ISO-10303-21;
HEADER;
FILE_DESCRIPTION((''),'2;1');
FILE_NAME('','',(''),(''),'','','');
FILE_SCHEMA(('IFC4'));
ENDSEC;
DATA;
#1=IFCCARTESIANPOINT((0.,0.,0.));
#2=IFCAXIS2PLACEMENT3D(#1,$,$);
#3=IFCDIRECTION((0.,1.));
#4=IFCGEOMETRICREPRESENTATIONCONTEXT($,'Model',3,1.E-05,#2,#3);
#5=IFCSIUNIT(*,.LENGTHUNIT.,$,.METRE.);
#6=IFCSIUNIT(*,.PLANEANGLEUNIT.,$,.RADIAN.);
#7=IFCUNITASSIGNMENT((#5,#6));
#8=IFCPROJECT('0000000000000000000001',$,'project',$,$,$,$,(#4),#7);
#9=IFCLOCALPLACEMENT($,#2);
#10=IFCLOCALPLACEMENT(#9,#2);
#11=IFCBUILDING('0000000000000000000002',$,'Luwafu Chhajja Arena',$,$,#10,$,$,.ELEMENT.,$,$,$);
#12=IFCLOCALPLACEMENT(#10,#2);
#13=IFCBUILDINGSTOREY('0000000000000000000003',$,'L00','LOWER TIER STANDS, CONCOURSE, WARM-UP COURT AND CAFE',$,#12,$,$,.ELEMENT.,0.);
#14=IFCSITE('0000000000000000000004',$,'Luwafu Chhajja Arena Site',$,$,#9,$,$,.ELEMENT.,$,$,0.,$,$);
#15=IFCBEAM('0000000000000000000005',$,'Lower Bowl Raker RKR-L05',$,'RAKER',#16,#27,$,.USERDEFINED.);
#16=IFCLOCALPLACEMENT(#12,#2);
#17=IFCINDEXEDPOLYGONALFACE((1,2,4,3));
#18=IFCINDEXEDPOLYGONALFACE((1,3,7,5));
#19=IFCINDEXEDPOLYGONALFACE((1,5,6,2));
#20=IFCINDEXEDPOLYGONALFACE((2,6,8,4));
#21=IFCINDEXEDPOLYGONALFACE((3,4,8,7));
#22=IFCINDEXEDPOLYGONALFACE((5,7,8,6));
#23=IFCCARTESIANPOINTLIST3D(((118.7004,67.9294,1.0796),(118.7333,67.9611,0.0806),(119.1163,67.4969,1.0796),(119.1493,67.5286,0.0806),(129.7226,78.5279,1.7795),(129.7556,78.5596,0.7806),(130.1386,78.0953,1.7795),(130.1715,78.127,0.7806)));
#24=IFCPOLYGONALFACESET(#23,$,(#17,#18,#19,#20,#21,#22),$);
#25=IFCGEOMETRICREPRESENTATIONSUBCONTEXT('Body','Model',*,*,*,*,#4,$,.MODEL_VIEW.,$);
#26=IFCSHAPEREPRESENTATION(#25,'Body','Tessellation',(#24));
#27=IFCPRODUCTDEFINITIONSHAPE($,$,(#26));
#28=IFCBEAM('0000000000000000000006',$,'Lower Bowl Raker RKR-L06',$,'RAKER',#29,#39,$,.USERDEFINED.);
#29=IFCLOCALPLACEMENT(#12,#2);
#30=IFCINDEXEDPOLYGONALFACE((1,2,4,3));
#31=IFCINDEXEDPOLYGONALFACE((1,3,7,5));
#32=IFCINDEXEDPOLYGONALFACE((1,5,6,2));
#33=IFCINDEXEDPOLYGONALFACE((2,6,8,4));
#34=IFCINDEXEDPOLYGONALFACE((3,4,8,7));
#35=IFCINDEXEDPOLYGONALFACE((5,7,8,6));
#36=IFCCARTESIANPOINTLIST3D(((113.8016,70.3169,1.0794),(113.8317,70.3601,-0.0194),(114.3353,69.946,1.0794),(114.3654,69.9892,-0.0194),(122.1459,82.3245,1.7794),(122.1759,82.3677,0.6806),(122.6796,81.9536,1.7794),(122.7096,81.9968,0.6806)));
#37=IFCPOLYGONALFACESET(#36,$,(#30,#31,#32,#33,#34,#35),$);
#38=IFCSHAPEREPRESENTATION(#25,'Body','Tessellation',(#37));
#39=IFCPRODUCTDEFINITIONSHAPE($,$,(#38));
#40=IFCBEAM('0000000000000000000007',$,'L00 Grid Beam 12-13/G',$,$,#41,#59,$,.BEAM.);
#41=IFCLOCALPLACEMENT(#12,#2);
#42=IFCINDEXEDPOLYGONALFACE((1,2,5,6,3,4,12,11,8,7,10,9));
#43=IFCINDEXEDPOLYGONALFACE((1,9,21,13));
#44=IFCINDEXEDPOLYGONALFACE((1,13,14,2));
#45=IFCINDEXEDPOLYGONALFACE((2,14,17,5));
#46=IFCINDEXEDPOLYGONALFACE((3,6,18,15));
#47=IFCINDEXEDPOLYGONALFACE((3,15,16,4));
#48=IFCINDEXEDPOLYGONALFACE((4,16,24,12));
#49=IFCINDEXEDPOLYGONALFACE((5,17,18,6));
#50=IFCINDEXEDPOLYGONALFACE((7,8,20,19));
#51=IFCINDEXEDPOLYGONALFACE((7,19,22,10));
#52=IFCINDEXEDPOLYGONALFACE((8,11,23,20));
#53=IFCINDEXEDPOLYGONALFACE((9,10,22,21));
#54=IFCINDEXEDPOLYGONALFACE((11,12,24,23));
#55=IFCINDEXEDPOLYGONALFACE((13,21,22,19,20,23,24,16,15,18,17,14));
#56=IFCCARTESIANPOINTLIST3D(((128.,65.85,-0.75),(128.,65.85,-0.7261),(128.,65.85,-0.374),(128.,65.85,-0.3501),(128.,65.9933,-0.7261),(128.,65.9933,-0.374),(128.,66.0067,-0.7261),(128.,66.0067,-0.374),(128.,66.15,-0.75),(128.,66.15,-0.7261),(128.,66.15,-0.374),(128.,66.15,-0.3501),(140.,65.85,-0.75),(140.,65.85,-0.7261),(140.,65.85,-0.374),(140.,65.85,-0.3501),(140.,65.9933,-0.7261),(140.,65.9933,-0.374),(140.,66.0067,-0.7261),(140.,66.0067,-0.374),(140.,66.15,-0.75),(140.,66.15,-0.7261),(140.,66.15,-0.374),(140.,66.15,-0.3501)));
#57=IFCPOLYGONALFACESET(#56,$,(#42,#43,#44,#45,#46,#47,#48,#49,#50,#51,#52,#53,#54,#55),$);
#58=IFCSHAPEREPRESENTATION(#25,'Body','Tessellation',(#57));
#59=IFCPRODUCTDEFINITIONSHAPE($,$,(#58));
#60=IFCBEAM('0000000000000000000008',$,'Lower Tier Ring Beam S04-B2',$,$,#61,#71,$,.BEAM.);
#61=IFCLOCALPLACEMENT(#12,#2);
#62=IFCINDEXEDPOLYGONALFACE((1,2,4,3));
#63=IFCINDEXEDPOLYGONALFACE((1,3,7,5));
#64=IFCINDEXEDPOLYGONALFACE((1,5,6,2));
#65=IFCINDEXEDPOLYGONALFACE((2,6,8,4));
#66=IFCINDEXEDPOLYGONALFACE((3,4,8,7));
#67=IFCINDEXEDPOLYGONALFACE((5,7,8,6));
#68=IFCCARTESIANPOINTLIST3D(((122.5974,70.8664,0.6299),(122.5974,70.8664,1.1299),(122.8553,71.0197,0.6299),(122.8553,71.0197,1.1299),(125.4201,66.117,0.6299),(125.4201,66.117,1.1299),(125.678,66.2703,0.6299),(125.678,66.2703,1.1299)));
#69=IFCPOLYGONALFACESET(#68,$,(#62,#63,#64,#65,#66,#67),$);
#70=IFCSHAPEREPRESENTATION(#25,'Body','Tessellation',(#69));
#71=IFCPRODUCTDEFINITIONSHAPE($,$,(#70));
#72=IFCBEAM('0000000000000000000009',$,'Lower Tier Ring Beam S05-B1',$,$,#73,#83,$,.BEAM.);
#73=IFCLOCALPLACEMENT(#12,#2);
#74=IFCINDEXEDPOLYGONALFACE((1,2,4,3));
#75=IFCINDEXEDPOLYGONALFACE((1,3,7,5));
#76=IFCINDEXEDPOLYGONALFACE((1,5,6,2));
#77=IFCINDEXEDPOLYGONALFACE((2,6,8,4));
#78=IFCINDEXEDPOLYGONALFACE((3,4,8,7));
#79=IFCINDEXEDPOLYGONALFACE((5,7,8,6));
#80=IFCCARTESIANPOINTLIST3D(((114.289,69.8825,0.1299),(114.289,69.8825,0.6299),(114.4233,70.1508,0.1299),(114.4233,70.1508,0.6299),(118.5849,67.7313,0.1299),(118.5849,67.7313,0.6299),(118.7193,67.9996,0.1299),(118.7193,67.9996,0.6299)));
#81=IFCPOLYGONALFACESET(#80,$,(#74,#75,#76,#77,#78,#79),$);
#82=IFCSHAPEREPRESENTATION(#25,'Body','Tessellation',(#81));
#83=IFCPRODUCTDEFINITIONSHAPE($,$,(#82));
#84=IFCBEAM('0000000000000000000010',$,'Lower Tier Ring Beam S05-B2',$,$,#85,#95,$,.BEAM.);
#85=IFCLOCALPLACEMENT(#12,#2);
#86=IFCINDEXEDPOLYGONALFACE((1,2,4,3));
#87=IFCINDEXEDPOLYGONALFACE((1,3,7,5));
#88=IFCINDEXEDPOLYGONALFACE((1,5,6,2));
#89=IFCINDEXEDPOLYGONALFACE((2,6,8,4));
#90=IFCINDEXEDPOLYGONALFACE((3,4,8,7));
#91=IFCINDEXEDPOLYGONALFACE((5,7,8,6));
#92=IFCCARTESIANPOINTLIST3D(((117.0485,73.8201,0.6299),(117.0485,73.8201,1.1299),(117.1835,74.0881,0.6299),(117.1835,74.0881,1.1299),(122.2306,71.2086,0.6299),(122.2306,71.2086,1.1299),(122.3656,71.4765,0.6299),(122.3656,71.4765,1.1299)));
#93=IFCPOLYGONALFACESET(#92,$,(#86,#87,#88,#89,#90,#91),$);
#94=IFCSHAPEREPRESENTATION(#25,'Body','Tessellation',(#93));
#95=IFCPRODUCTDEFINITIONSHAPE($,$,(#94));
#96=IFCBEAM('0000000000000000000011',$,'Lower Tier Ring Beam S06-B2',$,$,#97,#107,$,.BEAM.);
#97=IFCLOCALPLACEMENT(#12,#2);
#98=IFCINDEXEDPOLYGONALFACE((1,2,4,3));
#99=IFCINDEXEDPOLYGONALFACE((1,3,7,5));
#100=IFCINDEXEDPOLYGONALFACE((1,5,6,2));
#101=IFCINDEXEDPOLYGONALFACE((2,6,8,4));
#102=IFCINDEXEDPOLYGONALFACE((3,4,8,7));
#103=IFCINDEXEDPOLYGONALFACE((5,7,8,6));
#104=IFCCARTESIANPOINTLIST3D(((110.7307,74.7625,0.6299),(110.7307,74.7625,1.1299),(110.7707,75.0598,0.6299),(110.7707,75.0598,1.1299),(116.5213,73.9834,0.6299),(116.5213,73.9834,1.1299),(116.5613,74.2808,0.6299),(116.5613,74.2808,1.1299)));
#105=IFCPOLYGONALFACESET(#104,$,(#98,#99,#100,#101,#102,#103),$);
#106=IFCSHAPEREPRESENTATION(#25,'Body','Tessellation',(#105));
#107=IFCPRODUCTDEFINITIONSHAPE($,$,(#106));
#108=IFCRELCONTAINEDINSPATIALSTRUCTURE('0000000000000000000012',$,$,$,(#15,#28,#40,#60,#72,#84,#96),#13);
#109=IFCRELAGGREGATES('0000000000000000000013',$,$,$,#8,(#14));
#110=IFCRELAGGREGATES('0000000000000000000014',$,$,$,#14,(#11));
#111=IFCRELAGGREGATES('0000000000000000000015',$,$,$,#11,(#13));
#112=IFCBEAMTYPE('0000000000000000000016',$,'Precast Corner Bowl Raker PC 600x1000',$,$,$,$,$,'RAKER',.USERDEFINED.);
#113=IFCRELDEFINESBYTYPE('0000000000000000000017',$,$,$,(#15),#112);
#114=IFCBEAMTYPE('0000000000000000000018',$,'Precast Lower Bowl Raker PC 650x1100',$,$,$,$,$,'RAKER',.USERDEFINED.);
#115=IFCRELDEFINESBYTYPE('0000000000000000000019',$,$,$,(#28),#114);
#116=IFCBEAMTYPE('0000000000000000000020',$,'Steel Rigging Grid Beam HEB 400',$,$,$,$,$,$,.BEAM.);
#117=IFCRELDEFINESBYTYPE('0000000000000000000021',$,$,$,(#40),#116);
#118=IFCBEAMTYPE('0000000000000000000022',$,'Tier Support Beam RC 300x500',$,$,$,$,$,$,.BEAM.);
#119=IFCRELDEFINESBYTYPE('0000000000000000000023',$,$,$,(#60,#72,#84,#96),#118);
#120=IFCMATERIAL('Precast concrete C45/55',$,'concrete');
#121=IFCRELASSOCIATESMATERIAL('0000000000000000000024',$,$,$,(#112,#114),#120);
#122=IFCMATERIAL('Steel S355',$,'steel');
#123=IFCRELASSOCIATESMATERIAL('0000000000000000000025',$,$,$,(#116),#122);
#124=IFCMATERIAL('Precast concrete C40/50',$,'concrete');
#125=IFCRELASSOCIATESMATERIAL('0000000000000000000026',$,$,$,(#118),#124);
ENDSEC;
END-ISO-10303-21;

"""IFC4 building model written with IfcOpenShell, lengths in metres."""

from ifc_helpers import new_model, si_unit, direction, frame, origin, origin_2d, place, context, subcontext, project, spatial, rectangle, i_section, extrude, material, material_profile, profile_set, type_object, element, save


model = new_model("IFC4")

# Units and contexts
model_context = context("Model", 3, precision=1e-05, world=origin(), true_north=direction((0.0, 1.0)))
body_context = subcontext(model_context, "Body", "Model", "MODEL_VIEW")
ifc_project = project(units=[si_unit("LENGTHUNIT", "METRE"), si_unit("PLANEANGLEUNIT", "RADIAN")], contexts=[model_context])

# Site, building, storey
site_placement = place(None, origin())
site = spatial("IfcSite", under=ifc_project, at=site_placement, Name="Luwafu Chhajja Arena Site", CompositionType="ELEMENT", RefElevation=0.0)
building_placement = place(site_placement, origin())
building = spatial("IfcBuilding", under=site, at=building_placement, Name="Luwafu Chhajja Arena", CompositionType="ELEMENT")
storey_placement = place(building_placement, origin())
storey = spatial("IfcBuildingStorey", under=building, at=storey_placement, Name="L00", Description="LOWER TIER STANDS, CONCOURSE, WARM-UP COURT AND CAFE", CompositionType="ELEMENT", Elevation=0.0)

# Beams
ifc_material_1 = material(Name="Precast concrete C40/50", Category="concrete")
ifc_material_2 = material(Name="Steel S355", Category="steel")
ifc_material_3 = material(Name="Precast concrete C45/55", Category="concrete")
ifc_material_profile_1 = material_profile(ifc_material_3, rectangle(XDim=0.6001, YDim=1.0, at=origin_2d()), Name="PC 600x1000")
ifc_profile_set_1 = profile_set([ifc_material_profile_1], Name="Precast concrete C45/55")
beam_type_1 = type_object("IfcBeamType", Name="Precast Corner Bowl Raker PC 600x1000", ElementType="RAKER", PredefinedType="USERDEFINED", material=ifc_profile_set_1)
beam_1_placement = place(storey_placement, frame((118.9248, 67.729, 0.5801), z_axis=(0.720076, 0.692387, 0.045727), x_axis=(-0.693112, 0.72083, 0.0)))
element("IfcBeam", 1, at=beam_1_placement, inside=storey, type_object=beam_type_1, Name="Lower Bowl Raker RKR-L05", ObjectType="RAKER", PredefinedType="USERDEFINED", context=body_context, shape_type="SweptSolid", body=[
    extrude(rectangle(XDim=0.6001, YDim=1.0, at=origin_2d()), origin(), (0.0, 0.0, 1.0), 15.3071),
])
ifc_material_profile_2 = material_profile(ifc_material_3, rectangle(XDim=0.6499, YDim=1.1001, at=origin_2d()), Name="PC 650x1100")
ifc_profile_set_2 = profile_set([ifc_material_profile_2], Name="Precast concrete C45/55")
beam_type_2 = type_object("IfcBeamType", Name="Precast Lower Bowl Raker PC 650x1100", ElementType="RAKER", PredefinedType="USERDEFINED", material=ifc_profile_set_2)
beam_2_placement = place(storey_placement, frame((114.0835, 70.1531, 0.53), z_axis=(0.570004, 0.82025, 0.047814), x_axis=(-0.821189, 0.570656, 0.0)))
element("IfcBeam", 2, at=beam_2_placement, inside=storey, type_object=beam_type_2, Name="Lower Bowl Raker RKR-L06", ObjectType="RAKER", PredefinedType="USERDEFINED", context=body_context, shape_type="SweptSolid", body=[
    extrude(rectangle(XDim=0.6499, YDim=1.1001, at=origin_2d()), origin(), (0.0, 0.0, 1.0), 14.6389),
])
ifc_material_profile_3 = material_profile(ifc_material_2, i_section(OverallWidth=0.3, OverallDepth=0.3999, WebThickness=0.0134, FlangeThickness=0.0239, at=origin_2d()), Name="HEB 400")
ifc_profile_set_3 = profile_set([ifc_material_profile_3], Name="Steel S355")
beam_type_3 = type_object("IfcBeamType", Name="Steel Rigging Grid Beam HEB 400", PredefinedType="BEAM", material=ifc_profile_set_3)
beam_3_placement = place(storey_placement, frame((128.0, 66.0, -0.55), z_axis=(1.0, 0.0, 0.0), x_axis=(0.0, 1.0, 0.0)))
element("IfcBeam", 3, at=beam_3_placement, inside=storey, type_object=beam_type_3, Name="L00 Grid Beam 12-13/G", PredefinedType="BEAM", context=body_context, shape_type="SweptSolid", body=[
    extrude(i_section(OverallWidth=0.3, OverallDepth=0.3999, WebThickness=0.0134, FlangeThickness=0.0239, at=origin_2d()), origin(), (0.0, 0.0, 1.0), 12.0),
])
ifc_material_profile_4 = material_profile(ifc_material_1, rectangle(XDim=0.3, YDim=0.5, at=origin_2d()), Name="RC 300x500")
ifc_profile_set_4 = profile_set([ifc_material_profile_4], Name="Precast concrete C40/50")
beam_type_4 = type_object("IfcBeamType", Name="Tier Support Beam RC 300x500", PredefinedType="BEAM", material=ifc_profile_set_4)
beam_4_placement = place(storey_placement, frame((125.5491, 66.1936, 0.8799), z_axis=(-0.510904, 0.859638, 0.0), x_axis=(-0.859638, -0.510904, 0.0)))
element("IfcBeam", 4, at=beam_4_placement, inside=storey, type_object=beam_type_4, Name="Lower Tier Ring Beam S04-B2", PredefinedType="BEAM", context=body_context, shape_type="SweptSolid", body=[
    extrude(rectangle(XDim=0.3, YDim=0.5, at=origin_2d()), origin(), (0.0, 0.0, 1.0), 5.5249),
])
beam_5_placement = place(storey_placement, frame((118.6521, 67.8655, 0.3799), z_axis=(-0.894163, 0.447742, 0.0), x_axis=(-0.447742, -0.894163, 0.0)))
element("IfcBeam", 5, at=beam_5_placement, inside=storey, type_object=beam_type_4, Name="Lower Tier Ring Beam S05-B1", PredefinedType="BEAM", context=body_context, shape_type="SweptSolid", body=[
    extrude(rectangle(XDim=0.3, YDim=0.5, at=origin_2d()), origin(), (0.0, 0.0, 1.0), 4.8044),
])
beam_6_placement = place(storey_placement, frame((122.2981, 71.3425, 0.8799), z_axis=(-0.893009, 0.450039, 0.0), x_axis=(-0.450039, -0.893009, 0.0)))
element("IfcBeam", 6, at=beam_6_placement, inside=storey, type_object=beam_type_4, Name="Lower Tier Ring Beam S05-B2", PredefinedType="BEAM", context=body_context, shape_type="SweptSolid", body=[
    extrude(rectangle(XDim=0.3, YDim=0.5, at=origin_2d()), origin(), (0.0, 0.0, 1.0), 5.803),
])
beam_7_placement = place(storey_placement, frame((116.5413, 74.1321, 0.8799), z_axis=(-0.991071, 0.133338, 0.0), x_axis=(-0.133338, -0.991071, 0.0)))
element("IfcBeam", 7, at=beam_7_placement, inside=storey, type_object=beam_type_4, Name="Lower Tier Ring Beam S06-B2", PredefinedType="BEAM", context=body_context, shape_type="SweptSolid", body=[
    extrude(rectangle(XDim=0.3, YDim=0.5, at=origin_2d()), origin(), (0.0, 0.0, 1.0), 5.8428),
])

save(model, "model.ifc")
